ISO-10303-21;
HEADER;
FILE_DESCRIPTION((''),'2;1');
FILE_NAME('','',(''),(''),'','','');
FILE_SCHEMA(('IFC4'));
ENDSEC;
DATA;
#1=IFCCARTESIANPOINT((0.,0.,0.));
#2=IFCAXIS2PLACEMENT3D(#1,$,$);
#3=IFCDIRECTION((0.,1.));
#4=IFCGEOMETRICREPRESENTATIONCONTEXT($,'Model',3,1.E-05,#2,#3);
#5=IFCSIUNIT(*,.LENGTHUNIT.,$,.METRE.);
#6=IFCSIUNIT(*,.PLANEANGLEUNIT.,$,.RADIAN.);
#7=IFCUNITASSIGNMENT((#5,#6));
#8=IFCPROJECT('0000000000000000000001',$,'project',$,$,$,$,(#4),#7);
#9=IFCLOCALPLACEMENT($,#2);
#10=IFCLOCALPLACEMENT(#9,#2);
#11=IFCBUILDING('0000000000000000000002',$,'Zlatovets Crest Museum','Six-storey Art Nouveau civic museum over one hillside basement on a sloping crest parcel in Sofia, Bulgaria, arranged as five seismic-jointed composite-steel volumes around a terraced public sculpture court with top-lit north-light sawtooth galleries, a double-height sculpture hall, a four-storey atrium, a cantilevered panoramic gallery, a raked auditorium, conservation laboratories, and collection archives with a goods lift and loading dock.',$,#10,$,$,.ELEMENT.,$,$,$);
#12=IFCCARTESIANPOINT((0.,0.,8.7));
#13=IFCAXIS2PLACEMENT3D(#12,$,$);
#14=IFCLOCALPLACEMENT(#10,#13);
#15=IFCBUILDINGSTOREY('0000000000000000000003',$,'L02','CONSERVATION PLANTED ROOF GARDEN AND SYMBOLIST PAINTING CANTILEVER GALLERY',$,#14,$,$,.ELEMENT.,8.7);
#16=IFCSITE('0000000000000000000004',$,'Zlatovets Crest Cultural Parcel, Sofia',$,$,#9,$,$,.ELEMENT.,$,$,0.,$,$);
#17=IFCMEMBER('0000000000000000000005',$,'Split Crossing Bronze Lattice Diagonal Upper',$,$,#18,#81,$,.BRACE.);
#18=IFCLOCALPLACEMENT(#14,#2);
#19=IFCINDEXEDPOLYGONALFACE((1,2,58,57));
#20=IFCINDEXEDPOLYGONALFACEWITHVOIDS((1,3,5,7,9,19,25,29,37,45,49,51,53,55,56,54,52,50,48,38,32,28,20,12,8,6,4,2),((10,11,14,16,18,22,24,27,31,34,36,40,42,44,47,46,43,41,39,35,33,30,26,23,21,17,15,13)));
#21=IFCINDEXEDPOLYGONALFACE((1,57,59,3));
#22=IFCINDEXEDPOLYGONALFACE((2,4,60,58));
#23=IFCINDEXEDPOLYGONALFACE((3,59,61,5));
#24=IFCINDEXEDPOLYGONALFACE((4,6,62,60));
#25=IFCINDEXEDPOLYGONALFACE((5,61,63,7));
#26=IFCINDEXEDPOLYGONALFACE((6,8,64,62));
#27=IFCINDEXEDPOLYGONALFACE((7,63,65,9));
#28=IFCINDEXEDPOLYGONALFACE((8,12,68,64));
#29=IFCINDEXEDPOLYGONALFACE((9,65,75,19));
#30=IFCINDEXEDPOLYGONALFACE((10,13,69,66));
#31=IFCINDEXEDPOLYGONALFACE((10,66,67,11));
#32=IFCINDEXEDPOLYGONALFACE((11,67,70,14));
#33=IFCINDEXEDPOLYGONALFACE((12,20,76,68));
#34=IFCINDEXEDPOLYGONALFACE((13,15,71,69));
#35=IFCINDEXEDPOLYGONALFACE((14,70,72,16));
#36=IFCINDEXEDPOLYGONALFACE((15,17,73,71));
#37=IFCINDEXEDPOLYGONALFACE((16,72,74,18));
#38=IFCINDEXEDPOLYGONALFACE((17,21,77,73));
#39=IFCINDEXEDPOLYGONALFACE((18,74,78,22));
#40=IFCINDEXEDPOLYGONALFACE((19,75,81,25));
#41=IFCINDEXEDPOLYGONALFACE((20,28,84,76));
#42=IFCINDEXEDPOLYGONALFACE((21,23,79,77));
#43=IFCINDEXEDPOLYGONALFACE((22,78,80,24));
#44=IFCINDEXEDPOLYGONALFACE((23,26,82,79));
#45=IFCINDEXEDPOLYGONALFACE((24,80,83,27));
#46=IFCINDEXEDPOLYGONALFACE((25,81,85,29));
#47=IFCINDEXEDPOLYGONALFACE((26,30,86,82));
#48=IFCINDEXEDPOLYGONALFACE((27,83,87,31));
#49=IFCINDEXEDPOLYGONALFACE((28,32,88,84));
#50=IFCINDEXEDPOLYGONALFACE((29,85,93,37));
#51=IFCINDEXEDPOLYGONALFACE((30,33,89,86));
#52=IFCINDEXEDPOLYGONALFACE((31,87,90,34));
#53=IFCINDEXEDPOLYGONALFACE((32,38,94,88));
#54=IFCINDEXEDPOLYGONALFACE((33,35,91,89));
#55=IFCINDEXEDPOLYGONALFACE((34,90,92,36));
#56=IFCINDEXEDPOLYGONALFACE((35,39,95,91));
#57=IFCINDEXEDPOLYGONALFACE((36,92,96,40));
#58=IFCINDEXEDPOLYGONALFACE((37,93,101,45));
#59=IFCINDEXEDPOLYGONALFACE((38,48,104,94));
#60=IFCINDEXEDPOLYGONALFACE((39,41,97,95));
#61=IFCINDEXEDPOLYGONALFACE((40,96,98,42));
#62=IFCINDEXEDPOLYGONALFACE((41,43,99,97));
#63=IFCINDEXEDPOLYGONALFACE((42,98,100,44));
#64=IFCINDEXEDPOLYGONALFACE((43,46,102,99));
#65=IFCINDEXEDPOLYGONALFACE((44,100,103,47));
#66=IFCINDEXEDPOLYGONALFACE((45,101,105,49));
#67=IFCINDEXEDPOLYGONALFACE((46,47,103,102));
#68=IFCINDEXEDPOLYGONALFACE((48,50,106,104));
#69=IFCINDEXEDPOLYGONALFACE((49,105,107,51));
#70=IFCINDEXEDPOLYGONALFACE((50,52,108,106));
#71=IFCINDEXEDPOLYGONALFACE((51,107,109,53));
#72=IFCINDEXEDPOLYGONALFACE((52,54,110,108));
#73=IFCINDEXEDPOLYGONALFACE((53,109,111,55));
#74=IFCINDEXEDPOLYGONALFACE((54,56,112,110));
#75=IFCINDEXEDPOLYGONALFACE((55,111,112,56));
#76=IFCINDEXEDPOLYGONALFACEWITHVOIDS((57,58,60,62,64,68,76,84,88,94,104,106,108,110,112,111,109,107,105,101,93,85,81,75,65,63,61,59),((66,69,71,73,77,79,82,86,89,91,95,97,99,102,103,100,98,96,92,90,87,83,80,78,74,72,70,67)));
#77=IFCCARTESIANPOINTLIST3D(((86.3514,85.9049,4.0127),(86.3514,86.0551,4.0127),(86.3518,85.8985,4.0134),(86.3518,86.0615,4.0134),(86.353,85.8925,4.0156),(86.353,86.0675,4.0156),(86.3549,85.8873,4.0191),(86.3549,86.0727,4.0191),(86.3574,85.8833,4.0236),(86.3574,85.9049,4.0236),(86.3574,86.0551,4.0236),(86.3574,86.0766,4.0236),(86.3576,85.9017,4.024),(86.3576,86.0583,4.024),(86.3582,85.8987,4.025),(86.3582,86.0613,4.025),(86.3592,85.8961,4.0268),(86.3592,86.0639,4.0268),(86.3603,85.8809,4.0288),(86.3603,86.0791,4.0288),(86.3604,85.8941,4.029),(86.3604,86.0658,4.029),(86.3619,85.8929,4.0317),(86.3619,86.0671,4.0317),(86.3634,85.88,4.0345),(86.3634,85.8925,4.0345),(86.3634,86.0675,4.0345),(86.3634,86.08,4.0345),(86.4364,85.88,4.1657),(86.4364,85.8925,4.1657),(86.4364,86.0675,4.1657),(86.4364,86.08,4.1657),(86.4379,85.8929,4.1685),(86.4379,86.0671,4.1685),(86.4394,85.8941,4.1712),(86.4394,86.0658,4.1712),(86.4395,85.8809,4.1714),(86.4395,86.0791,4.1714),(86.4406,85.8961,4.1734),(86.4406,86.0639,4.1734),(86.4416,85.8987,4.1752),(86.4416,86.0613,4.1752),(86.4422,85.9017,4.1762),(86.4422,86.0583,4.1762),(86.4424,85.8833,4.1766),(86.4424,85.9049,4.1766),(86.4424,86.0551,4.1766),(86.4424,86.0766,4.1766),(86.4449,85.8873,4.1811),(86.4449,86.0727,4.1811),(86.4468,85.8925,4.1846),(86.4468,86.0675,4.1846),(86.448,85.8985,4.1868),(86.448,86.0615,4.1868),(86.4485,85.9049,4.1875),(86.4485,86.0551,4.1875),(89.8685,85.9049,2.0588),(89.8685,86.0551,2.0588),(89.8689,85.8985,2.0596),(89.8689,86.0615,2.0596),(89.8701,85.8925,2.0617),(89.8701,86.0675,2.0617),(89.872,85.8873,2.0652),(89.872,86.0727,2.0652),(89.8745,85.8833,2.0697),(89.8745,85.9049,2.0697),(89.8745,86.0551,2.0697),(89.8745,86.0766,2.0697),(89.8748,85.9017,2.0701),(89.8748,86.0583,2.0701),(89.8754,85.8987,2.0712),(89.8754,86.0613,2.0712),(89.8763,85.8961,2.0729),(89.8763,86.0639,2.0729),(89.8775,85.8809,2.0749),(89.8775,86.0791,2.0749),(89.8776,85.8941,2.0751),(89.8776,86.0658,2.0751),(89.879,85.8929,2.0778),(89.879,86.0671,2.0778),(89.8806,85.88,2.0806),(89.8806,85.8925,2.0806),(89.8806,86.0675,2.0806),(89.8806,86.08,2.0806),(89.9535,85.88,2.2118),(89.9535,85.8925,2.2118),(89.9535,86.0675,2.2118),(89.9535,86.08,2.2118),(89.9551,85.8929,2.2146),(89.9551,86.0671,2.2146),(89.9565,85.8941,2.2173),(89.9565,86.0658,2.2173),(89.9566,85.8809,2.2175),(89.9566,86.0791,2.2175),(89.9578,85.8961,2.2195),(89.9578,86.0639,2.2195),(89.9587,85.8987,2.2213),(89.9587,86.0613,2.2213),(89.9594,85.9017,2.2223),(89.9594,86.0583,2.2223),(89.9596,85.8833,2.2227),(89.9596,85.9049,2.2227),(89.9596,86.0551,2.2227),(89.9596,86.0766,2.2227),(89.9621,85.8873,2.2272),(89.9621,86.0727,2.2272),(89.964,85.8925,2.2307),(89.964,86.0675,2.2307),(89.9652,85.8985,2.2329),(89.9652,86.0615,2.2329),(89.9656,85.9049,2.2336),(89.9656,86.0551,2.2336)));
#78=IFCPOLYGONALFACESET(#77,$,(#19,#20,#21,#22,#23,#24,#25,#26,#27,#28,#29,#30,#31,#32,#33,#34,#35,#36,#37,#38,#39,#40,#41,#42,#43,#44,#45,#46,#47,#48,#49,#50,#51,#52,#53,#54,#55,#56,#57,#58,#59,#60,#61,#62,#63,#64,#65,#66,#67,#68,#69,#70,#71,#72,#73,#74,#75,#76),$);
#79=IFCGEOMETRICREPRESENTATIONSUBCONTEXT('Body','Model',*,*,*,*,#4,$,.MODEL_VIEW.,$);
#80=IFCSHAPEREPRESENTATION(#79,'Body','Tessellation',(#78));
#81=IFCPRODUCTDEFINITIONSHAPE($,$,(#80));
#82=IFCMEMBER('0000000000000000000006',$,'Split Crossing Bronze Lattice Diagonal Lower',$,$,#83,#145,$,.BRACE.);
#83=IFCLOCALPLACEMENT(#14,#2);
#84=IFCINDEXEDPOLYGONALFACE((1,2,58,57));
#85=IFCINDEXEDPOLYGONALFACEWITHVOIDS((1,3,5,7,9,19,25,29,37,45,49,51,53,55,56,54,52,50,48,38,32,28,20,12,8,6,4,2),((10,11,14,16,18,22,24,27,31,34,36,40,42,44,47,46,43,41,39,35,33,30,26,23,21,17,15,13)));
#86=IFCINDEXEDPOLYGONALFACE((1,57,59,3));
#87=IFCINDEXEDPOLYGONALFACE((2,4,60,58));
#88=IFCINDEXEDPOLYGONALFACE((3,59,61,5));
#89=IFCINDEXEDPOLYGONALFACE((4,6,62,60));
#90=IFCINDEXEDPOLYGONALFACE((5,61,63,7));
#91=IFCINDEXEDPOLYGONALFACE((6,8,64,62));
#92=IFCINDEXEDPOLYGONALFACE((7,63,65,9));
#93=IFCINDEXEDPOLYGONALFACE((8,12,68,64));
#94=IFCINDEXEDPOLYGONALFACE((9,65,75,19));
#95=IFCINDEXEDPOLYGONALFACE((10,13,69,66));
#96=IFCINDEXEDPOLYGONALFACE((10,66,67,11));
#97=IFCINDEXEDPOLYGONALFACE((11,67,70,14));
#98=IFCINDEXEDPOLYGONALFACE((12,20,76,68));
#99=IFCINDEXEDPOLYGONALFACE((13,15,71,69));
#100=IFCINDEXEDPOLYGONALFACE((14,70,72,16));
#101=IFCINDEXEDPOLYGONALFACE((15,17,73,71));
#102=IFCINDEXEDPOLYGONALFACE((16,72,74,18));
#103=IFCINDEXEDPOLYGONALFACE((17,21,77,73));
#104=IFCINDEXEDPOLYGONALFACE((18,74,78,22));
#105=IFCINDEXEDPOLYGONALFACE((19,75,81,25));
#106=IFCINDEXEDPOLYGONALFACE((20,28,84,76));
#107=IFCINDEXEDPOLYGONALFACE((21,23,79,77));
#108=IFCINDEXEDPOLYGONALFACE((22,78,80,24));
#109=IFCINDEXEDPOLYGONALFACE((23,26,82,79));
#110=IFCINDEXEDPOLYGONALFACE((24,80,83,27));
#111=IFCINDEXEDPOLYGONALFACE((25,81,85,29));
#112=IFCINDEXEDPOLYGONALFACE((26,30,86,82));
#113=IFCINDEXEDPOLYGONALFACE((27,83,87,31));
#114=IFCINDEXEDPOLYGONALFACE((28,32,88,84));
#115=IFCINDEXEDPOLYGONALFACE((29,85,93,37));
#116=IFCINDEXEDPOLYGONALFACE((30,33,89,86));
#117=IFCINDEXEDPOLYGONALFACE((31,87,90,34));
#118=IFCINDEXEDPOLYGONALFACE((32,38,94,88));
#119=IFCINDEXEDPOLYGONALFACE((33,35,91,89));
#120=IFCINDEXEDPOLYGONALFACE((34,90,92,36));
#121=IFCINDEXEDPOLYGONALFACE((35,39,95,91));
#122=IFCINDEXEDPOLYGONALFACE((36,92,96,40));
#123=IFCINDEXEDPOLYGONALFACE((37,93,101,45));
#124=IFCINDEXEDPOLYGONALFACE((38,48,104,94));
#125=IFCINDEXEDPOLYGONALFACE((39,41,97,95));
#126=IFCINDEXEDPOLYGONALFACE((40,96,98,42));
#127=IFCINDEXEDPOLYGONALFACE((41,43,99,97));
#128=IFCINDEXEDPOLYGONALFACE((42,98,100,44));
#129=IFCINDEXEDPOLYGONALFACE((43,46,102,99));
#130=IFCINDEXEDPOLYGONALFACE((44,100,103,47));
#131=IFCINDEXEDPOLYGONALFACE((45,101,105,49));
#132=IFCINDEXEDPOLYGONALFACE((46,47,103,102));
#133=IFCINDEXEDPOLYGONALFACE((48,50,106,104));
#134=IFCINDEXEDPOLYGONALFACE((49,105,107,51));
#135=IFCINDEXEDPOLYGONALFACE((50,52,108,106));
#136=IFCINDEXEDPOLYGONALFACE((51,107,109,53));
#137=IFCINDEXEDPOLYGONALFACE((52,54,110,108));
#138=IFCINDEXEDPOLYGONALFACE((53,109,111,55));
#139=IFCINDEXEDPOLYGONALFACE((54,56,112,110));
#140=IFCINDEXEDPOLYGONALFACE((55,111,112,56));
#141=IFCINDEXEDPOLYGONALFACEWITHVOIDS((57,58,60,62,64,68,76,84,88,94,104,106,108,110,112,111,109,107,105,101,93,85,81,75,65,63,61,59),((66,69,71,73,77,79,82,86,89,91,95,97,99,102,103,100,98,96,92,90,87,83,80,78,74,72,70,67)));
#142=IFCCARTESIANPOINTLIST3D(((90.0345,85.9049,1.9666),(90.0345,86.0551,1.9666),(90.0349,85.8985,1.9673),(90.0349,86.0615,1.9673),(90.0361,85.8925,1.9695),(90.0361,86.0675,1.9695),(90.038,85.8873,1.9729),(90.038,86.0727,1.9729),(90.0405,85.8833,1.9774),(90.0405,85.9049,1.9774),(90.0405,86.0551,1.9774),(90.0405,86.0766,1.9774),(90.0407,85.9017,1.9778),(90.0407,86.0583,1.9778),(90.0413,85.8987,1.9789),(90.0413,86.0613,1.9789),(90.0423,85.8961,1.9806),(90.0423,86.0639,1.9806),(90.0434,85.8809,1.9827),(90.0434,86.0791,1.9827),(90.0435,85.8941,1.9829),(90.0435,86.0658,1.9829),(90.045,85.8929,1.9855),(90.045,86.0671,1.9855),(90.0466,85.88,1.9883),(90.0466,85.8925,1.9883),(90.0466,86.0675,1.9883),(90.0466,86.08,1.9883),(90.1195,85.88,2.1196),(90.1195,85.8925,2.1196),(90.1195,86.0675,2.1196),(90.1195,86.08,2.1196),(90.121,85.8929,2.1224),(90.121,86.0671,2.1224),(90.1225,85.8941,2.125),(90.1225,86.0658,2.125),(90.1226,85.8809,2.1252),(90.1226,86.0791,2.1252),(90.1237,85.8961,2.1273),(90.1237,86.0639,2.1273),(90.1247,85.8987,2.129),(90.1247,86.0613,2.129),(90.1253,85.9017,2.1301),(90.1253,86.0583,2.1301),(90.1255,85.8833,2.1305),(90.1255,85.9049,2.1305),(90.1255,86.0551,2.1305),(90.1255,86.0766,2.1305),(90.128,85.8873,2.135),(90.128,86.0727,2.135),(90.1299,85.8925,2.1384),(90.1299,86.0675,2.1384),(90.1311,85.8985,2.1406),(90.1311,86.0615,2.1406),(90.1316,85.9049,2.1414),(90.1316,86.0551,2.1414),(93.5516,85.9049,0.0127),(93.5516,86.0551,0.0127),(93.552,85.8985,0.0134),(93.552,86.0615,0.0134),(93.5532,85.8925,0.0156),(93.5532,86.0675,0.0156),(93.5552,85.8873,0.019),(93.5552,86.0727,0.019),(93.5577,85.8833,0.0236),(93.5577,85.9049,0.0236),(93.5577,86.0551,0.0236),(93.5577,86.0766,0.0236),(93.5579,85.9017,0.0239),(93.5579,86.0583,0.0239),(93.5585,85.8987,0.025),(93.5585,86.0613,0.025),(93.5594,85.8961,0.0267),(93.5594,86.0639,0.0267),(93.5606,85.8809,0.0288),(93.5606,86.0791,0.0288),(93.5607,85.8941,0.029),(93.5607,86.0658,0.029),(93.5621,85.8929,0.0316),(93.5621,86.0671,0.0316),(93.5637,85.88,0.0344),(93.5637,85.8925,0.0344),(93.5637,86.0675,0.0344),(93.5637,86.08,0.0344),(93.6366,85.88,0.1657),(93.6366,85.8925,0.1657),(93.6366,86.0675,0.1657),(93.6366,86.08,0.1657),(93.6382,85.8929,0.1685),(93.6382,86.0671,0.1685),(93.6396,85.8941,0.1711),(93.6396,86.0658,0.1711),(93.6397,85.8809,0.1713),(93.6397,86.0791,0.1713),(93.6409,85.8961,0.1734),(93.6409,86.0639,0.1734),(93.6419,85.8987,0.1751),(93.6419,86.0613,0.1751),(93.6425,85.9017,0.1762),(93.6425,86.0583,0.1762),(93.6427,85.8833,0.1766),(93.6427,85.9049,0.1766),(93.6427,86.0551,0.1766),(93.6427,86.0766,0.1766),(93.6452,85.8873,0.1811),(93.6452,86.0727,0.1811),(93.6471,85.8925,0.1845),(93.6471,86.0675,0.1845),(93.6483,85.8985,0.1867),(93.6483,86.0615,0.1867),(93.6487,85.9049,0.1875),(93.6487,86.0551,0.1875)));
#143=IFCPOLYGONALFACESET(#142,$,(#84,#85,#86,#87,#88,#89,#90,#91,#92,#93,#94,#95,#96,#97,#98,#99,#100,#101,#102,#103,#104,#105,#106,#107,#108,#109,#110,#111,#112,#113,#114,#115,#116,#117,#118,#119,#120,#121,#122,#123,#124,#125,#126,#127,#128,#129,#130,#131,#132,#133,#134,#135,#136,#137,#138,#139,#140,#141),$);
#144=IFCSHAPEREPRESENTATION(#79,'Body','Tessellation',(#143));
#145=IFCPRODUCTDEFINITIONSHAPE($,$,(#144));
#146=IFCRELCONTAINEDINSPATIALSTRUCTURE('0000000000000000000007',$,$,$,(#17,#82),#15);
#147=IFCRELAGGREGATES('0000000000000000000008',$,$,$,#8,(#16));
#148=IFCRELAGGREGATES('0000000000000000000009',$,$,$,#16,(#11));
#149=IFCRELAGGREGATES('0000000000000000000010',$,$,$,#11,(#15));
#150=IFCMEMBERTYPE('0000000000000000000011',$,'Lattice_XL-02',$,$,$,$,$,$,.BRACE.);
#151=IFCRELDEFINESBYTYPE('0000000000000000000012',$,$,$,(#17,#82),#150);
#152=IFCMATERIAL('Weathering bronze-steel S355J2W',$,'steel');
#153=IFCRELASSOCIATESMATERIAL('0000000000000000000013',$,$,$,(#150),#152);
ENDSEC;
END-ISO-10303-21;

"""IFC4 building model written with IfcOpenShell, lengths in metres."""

from ifc_helpers import new_model, si_unit, direction, frame, origin, origin_2d, place, context, subcontext, project, spatial, hollow_rectangle, extrude, material, material_profile, profile_set, type_object, element, save


model = new_model("IFC4")

# Units and contexts
model_context = context("Model", 3, precision=1e-05, world=origin(), true_north=direction((0.0, 1.0)))
body_context = subcontext(model_context, "Body", "Model", "MODEL_VIEW")
ifc_project = project(units=[si_unit("LENGTHUNIT", "METRE"), si_unit("PLANEANGLEUNIT", "RADIAN")], contexts=[model_context])

# Site, building, storey
site_placement = place(None, origin())
site = spatial("IfcSite", under=ifc_project, at=site_placement, Name="Zlatovets Crest Cultural Parcel, Sofia", CompositionType="ELEMENT", RefElevation=0.0)
building_placement = place(site_placement, origin())
building = spatial("IfcBuilding", under=site, at=building_placement, Name="Zlatovets Crest Museum", Description="Six-storey Art Nouveau civic museum over one hillside basement on a sloping crest parcel in Sofia, Bulgaria, arranged as five seismic-jointed composite-steel volumes around a terraced public sculpture court with top-lit north-light sawtooth galleries, a double-height sculpture hall, a four-storey atrium, a cantilevered panoramic gallery, a raked auditorium, conservation laboratories, and collection archives with a goods lift and loading dock.", CompositionType="ELEMENT")
storey_placement = place(building_placement, frame((0.0, 0.0, 8.7)))
storey = spatial("IfcBuildingStorey", under=building, at=storey_placement, Name="L02", Description="CONSERVATION PLANTED ROOF GARDEN AND SYMBOLIST PAINTING CANTILEVER GALLERY", CompositionType="ELEMENT", Elevation=8.7)

# Members
ifc_material_1 = material(Name="Weathering bronze-steel S355J2W", Category="steel")
ifc_material_profile_1 = material_profile(ifc_material_1, hollow_rectangle(XDim=0.2, YDim=0.2, WallThickness=0.0125, InnerFilletRadius=0.0125, OuterFilletRadius=0.0249, at=origin_2d()), Name="SHS 200x200x12.5")
ifc_profile_set_1 = profile_set([ifc_material_profile_1], Name="Weathering bronze-steel S355J2W")
member_type_1 = type_object("IfcMemberType", Name="Lattice_XL-02", PredefinedType="BRACE", material=ifc_profile_set_1)
for number, where, z_axis, x_axis, name in (
    (1, (86.3999, 85.98, 4.1001), (0.874166, 0.0, -0.485627), (0.0, 1.0, 0.0), "Split Crossing Bronze Lattice Diagonal Upper"),
    (2, (90.083, 85.98, 2.054), (0.874166, 0.0, -0.485627), (0.0, 1.0, 0.0), "Split Crossing Bronze Lattice Diagonal Lower"),
):
    element("IfcMember", number, at=place(storey_placement, frame(where, z_axis=z_axis, x_axis=x_axis)), inside=storey, type_object=member_type_1, Name=name, PredefinedType="BRACE", context=body_context, shape_type="SweptSolid", body=[
        extrude(hollow_rectangle(XDim=0.2, YDim=0.2, WallThickness=0.0125, InnerFilletRadius=0.0125, OuterFilletRadius=0.0249, at=origin_2d()), origin(), (0.0, 0.0, 1.0), 4.0234),
    ])

save(model, "model.ifc")
